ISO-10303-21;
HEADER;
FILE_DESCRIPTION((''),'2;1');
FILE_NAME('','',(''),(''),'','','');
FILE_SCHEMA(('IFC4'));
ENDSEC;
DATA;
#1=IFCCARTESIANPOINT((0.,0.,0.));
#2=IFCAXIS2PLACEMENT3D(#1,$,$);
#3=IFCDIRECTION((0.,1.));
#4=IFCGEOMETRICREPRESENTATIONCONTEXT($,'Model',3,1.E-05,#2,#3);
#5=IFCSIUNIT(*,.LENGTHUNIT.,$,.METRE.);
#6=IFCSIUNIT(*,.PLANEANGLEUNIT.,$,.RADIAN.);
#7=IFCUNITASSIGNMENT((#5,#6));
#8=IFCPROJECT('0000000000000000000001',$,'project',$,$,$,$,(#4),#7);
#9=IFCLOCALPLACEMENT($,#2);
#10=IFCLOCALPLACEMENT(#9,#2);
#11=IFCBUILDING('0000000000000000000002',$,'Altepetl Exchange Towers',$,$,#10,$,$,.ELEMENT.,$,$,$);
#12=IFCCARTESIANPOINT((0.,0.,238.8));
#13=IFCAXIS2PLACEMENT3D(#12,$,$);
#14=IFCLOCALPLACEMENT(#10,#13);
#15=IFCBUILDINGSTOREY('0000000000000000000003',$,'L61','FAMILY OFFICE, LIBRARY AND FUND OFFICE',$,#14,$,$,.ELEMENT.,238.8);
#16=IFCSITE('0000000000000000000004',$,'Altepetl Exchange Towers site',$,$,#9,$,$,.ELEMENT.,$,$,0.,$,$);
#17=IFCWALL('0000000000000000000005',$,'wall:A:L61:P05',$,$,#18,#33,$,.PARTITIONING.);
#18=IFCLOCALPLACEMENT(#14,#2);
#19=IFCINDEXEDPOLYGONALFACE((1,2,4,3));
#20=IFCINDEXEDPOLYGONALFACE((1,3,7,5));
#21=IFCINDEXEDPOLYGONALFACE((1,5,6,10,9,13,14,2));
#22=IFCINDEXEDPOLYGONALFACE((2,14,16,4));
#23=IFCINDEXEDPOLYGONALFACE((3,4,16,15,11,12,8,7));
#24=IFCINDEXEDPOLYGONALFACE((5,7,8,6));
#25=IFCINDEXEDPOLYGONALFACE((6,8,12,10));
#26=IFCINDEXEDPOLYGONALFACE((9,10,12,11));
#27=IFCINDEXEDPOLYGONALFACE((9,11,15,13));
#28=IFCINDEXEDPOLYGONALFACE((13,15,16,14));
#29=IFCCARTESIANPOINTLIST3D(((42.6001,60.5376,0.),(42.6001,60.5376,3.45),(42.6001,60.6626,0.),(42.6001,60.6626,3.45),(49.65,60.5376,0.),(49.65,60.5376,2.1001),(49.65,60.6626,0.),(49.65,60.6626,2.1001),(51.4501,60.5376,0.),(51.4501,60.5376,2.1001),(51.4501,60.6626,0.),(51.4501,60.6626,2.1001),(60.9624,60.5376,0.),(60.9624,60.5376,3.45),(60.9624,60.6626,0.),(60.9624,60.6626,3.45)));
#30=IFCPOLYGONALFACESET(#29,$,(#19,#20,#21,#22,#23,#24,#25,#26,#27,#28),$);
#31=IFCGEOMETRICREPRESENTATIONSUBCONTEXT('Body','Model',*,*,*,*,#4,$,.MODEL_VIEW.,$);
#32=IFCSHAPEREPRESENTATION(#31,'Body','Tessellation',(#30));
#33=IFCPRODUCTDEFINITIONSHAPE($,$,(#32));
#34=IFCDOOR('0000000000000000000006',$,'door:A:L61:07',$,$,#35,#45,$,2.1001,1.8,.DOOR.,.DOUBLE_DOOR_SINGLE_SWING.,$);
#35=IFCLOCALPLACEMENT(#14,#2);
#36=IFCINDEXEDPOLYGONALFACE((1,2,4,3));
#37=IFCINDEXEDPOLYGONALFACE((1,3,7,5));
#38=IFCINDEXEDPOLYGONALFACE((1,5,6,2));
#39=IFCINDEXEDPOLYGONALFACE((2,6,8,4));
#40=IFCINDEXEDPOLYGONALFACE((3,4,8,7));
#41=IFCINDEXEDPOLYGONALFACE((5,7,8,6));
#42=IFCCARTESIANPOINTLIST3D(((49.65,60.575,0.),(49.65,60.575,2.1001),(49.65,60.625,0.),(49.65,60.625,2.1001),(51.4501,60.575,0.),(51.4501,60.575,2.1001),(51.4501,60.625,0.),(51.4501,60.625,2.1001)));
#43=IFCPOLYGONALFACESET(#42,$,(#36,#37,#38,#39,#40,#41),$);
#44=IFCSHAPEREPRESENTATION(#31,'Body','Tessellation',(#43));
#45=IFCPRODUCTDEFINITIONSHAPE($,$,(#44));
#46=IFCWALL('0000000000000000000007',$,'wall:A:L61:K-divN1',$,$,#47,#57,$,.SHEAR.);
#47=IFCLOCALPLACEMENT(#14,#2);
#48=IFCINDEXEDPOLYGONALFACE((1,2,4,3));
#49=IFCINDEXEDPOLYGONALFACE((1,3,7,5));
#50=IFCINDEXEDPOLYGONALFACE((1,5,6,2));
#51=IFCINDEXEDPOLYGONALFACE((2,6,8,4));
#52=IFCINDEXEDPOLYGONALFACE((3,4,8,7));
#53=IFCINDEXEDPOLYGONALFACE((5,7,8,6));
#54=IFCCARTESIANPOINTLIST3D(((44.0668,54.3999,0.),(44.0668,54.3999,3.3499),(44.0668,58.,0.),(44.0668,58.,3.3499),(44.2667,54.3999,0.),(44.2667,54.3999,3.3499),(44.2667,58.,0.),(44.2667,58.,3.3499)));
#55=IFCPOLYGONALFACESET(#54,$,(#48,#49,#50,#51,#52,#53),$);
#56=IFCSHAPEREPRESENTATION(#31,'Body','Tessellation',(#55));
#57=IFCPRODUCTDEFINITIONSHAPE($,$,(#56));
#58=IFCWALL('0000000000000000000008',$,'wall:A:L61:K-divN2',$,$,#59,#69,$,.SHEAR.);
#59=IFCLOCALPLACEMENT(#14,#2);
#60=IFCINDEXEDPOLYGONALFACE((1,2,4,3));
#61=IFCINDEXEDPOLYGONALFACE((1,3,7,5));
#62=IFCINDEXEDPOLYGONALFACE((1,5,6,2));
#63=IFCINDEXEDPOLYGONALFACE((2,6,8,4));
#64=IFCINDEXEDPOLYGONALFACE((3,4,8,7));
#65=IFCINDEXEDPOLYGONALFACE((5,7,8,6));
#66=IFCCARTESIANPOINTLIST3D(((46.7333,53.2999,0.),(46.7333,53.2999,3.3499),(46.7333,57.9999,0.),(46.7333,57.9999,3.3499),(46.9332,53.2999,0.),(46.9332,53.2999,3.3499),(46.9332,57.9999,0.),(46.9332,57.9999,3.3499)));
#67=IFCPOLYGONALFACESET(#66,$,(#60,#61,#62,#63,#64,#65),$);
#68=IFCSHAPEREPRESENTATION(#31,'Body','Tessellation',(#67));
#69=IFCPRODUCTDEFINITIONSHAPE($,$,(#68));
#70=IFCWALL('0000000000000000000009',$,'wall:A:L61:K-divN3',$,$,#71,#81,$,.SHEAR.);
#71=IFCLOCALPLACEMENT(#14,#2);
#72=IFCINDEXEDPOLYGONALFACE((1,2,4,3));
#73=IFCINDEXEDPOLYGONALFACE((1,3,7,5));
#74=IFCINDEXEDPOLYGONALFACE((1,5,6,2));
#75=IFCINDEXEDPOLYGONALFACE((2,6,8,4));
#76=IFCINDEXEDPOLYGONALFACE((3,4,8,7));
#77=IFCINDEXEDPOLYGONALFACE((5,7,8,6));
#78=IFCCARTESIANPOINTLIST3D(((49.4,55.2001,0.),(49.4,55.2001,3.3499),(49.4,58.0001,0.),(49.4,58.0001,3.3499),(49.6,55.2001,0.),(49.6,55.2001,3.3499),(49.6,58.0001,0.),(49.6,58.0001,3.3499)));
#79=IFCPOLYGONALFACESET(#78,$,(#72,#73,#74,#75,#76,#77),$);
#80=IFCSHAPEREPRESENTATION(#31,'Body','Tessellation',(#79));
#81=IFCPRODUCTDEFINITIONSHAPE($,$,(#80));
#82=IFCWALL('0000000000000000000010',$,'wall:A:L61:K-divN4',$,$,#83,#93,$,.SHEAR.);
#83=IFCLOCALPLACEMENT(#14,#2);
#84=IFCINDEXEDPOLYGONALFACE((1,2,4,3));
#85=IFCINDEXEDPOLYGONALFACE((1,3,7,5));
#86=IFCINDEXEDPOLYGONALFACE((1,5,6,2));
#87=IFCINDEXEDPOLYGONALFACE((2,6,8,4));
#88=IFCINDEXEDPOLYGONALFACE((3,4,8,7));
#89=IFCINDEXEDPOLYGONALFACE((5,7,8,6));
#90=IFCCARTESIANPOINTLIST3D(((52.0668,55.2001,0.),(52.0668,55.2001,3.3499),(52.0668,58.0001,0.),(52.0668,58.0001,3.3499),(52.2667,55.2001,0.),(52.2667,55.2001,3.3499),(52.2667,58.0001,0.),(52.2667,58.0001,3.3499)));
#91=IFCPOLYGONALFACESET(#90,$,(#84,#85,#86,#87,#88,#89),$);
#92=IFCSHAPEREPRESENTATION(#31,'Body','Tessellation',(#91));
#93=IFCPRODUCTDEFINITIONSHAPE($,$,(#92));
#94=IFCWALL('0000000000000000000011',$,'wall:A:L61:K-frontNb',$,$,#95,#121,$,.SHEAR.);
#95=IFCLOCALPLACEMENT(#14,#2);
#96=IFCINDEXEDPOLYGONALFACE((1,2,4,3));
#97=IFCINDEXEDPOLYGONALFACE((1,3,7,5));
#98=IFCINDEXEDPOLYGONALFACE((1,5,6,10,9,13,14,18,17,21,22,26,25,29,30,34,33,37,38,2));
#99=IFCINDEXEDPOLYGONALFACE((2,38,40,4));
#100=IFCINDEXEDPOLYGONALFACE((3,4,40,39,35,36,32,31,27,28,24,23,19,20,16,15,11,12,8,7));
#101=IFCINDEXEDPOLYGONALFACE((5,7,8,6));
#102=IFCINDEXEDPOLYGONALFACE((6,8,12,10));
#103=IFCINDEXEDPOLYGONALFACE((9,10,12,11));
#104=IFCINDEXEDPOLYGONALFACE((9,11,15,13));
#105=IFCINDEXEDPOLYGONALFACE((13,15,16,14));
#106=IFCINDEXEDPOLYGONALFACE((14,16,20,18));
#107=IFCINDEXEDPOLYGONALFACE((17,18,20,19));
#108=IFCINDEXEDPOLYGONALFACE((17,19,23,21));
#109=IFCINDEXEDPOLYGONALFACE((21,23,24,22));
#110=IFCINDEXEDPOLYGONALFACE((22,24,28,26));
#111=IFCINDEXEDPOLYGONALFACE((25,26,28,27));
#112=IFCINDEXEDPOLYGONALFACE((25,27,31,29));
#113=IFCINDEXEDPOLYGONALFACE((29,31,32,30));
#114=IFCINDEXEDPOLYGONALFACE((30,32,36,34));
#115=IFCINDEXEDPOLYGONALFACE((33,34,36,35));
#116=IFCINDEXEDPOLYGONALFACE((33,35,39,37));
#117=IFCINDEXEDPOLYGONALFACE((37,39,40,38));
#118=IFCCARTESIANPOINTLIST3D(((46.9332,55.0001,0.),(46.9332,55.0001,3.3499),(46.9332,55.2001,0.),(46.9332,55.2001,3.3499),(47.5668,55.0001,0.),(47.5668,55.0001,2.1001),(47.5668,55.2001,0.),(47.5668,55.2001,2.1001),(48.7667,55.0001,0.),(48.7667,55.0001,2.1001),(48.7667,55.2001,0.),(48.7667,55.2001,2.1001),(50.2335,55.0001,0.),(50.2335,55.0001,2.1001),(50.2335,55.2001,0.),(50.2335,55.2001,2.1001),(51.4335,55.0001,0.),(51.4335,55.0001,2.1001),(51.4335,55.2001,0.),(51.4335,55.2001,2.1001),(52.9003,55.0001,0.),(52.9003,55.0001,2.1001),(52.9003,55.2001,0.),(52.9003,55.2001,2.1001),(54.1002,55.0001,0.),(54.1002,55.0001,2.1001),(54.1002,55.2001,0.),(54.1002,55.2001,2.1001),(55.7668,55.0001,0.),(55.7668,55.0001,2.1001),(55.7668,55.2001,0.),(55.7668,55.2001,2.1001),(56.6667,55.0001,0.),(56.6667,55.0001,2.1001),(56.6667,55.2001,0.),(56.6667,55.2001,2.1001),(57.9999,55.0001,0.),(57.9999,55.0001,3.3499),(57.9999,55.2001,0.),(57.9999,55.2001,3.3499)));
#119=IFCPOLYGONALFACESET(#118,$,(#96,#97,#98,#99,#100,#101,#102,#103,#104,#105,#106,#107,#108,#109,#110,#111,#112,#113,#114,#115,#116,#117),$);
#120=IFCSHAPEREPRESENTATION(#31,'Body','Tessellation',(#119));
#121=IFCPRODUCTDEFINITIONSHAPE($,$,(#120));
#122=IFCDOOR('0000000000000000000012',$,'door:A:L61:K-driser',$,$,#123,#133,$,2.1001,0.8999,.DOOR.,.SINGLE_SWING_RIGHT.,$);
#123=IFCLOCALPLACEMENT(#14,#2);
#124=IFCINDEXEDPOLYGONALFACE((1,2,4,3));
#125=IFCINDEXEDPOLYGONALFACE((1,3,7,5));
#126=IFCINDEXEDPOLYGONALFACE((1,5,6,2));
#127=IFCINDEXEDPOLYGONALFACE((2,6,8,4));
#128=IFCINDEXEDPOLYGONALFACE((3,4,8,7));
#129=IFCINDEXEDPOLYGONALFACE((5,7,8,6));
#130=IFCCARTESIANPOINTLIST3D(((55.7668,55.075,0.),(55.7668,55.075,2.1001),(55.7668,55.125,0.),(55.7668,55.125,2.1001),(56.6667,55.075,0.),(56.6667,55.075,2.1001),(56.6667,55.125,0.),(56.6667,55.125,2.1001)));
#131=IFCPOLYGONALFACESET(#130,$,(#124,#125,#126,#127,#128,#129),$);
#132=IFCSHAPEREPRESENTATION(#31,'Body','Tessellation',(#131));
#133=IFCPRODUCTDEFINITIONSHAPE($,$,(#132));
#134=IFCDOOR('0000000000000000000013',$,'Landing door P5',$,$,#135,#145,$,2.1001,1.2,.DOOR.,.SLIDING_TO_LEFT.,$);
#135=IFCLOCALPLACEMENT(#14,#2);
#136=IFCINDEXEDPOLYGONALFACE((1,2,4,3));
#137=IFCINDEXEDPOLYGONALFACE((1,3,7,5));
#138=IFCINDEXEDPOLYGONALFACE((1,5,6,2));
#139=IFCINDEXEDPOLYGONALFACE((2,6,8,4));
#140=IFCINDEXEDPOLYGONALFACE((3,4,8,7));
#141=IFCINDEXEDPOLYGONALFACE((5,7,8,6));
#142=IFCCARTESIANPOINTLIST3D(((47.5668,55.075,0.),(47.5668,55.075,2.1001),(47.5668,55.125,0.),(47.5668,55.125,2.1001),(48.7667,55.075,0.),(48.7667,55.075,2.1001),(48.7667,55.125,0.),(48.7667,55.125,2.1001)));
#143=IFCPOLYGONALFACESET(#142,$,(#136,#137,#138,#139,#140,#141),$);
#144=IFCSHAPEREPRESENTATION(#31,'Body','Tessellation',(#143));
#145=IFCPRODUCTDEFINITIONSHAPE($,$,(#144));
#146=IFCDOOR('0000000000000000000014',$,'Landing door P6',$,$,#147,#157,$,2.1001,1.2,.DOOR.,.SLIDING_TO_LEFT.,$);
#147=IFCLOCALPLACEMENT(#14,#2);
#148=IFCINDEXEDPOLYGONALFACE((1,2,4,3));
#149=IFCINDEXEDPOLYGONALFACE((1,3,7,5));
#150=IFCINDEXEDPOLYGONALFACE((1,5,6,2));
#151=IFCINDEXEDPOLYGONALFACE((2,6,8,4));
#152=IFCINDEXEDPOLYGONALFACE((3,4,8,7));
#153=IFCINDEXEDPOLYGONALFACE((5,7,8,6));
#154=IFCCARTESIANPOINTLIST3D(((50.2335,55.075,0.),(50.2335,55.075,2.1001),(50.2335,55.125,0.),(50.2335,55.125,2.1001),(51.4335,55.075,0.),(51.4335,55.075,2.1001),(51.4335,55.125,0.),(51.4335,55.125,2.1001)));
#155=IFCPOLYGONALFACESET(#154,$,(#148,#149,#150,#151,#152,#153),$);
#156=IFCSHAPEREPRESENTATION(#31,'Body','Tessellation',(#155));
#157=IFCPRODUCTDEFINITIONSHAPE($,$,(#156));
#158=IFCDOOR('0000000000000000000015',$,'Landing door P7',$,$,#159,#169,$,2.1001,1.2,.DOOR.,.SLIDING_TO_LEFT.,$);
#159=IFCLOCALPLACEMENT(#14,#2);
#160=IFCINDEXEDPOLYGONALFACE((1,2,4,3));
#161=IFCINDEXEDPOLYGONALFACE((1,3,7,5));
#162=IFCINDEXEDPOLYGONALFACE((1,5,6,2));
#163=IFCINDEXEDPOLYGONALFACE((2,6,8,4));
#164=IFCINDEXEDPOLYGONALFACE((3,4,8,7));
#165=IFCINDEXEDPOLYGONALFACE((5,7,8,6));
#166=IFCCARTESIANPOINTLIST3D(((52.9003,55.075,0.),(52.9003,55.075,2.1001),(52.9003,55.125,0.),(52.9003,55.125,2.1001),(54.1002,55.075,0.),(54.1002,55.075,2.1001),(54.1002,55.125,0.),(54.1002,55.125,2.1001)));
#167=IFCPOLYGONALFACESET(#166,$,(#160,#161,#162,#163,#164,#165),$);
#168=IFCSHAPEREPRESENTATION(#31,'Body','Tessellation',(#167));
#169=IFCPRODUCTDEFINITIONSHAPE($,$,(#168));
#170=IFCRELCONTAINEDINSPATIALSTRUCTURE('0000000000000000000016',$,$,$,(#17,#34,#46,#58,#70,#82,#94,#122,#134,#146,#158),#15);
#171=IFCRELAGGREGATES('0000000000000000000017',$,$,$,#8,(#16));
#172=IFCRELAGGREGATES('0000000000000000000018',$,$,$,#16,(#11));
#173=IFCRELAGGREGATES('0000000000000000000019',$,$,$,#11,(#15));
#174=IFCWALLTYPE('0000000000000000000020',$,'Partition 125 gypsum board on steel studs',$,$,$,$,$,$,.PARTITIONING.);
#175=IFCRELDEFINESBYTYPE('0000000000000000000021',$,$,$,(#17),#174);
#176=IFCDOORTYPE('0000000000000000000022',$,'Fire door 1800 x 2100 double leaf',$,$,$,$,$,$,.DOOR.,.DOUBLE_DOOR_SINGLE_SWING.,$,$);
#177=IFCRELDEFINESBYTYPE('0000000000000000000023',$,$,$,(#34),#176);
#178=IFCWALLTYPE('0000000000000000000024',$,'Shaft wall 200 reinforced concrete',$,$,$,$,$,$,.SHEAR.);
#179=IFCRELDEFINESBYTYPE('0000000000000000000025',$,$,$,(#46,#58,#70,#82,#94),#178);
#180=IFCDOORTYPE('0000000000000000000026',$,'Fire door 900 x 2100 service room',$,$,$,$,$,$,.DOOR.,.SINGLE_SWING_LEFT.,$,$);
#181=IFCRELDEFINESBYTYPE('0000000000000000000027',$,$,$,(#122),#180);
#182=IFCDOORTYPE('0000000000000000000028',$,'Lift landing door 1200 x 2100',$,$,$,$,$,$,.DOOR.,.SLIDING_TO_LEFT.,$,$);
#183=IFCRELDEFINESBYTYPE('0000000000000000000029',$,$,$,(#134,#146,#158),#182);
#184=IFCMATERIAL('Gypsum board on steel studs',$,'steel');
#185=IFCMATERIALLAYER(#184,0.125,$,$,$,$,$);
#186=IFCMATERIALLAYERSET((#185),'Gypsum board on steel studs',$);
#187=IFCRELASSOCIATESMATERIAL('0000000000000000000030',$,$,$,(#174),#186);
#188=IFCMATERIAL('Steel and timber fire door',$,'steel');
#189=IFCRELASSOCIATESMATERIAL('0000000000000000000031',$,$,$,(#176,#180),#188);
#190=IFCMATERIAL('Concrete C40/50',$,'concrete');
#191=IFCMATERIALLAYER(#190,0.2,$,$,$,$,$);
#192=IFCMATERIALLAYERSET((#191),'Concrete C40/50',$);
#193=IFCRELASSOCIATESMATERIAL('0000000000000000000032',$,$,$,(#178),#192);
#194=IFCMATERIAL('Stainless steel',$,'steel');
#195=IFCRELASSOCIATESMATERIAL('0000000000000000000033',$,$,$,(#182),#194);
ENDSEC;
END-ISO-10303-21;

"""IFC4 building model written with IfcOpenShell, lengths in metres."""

from ifc_helpers import new_model, si_unit, direction, frame, frame_2d, origin, place, context, subcontext, project, spatial, rectangle, extrude, material, layer, layer_set, type_object, element, fill, save


model = new_model("IFC4")

# Units and contexts
model_context = context("Model", 3, precision=1e-05, world=origin(), true_north=direction((0.0, 1.0)))
body_context = subcontext(model_context, "Body", "Model", "MODEL_VIEW")
ifc_project = project(units=[si_unit("LENGTHUNIT", "METRE"), si_unit("PLANEANGLEUNIT", "RADIAN")], contexts=[model_context])

# Site, building, storey
site_placement = place(None, origin())
site = spatial("IfcSite", under=ifc_project, at=site_placement, Name="Altepetl Exchange Towers site", CompositionType="ELEMENT", RefElevation=0.0)
building_placement = place(site_placement, origin())
building = spatial("IfcBuilding", under=site, at=building_placement, Name="Altepetl Exchange Towers", CompositionType="ELEMENT")
storey_placement = place(building_placement, frame((0.0, 0.0, 238.8)))
storey = spatial("IfcBuildingStorey", under=building, at=storey_placement, Name="L61", Description="FAMILY OFFICE, LIBRARY AND FUND OFFICE", CompositionType="ELEMENT", Elevation=238.8)

# Wall, opening, door
ifc_material_1 = material(Name="Steel and timber fire door", Category="steel")
ifc_material_2 = material(Name="Gypsum board on steel studs", Category="steel")
ifc_layer_1 = layer(ifc_material_2, 0.125)
ifc_layer_set_1 = layer_set([ifc_layer_1], Name="Gypsum board on steel studs")
wall_type_1 = type_object("IfcWallType", Name="Partition 125 gypsum board on steel studs", PredefinedType="PARTITIONING", material=ifc_layer_set_1)
wall_1_placement = place(storey_placement, frame((42.6001, 60.6001, 0.0)))
wall_1 = element("IfcWall", 1, at=wall_1_placement, inside=storey, type_object=wall_type_1, Name="wall:A:L61:P05", PredefinedType="PARTITIONING", context=body_context, shape_type="SweptSolid", body=[
    extrude(rectangle(XDim=18.3623, YDim=0.125, at=frame_2d((9.1812, 0.0))), origin(), (0.0, 0.0, 1.0), 3.45),
])
opening_1_placement = place(wall_1_placement, frame((7.05, 0.0, 0.0)))
opening_1 = element("IfcOpeningElement", 2, at=opening_1_placement, cuts=wall_1, PredefinedType="OPENING", context=body_context, shape_type="SweptSolid", body=[
    extrude(rectangle(XDim=1.8, YDim=2.1001, at=frame_2d((0.8999, 1.05))), frame((0.0, 0.0725, 0.0), z_axis=(0.0, -1.0, 0.0), x_axis=(1.0, 0.0, 0.0)), (0.0, 0.0, 1.0), 0.145),
])
door_type_1 = type_object("IfcDoorType", Name="Fire door 1800 x 2100 double leaf", OperationType="DOUBLE_DOOR_SINGLE_SWING", PredefinedType="DOOR", material=ifc_material_1)
door_1_placement = place(opening_1_placement, origin())
door_1 = element("IfcDoor", 3, at=door_1_placement, inside=storey, type_object=door_type_1, Name="door:A:L61:07", OperationType="DOUBLE_DOOR_SINGLE_SWING", OverallHeight=2.1001, OverallWidth=1.8, PredefinedType="DOOR", context=body_context, shape_type="SweptSolid", body=[
    extrude(rectangle(XDim=1.8, YDim=2.1001, at=frame_2d((0.8999, 1.05))), frame((0.0, 0.0249, 0.0), z_axis=(0.0, -1.0, 0.0), x_axis=(1.0, 0.0, 0.0)), (0.0, 0.0, 1.0), 0.05),
])
fill(opening_1, door_1)

# Walls
ifc_material_3 = material(Name="Concrete C40/50", Category="concrete")
ifc_layer_2 = layer(ifc_material_3, 0.2)
ifc_layer_set_2 = layer_set([ifc_layer_2], Name="Concrete C40/50")
wall_type_2 = type_object("IfcWallType", Name="Shaft wall 200 reinforced concrete", PredefinedType="SHEAR", material=ifc_layer_set_2)
wall_2_placement = place(storey_placement, frame((44.1667, 58.0, 0.0), z_axis=(0.0, 0.0, 1.0), x_axis=(0.0, -1.0, 0.0)))
element("IfcWall", 4, at=wall_2_placement, inside=storey, type_object=wall_type_2, Name="wall:A:L61:K-divN1", PredefinedType="SHEAR", context=body_context, shape_type="SweptSolid", body=[
    extrude(rectangle(XDim=3.6001, YDim=0.2, at=frame_2d((1.8, 0.0))), origin(), (0.0, 0.0, 1.0), 3.3499),
])
wall_3_placement = place(storey_placement, frame((46.8333, 58.0, 0.0), z_axis=(0.0, 0.0, 1.0), x_axis=(0.0, -1.0, 0.0)))
element("IfcWall", 5, at=wall_3_placement, inside=storey, type_object=wall_type_2, Name="wall:A:L61:K-divN2", PredefinedType="SHEAR", context=body_context, shape_type="SweptSolid", body=[
    extrude(rectangle(XDim=4.7, YDim=0.2, at=frame_2d((2.3501, 0.0))), origin(), (0.0, 0.0, 1.0), 3.3499),
])
for number, where, z_axis, x_axis, name in (
    (6, (49.5, 58.0, 0.0), (0.0, 0.0, 1.0), (0.0, -1.0, 0.0), "wall:A:L61:K-divN3"),
    (7, (52.1667, 58.0, 0.0), (0.0, 0.0, 1.0), (0.0, -1.0, 0.0), "wall:A:L61:K-divN4"),
):
    element("IfcWall", number, at=place(storey_placement, frame(where, z_axis=z_axis, x_axis=x_axis)), inside=storey, type_object=wall_type_2, Name=name, PredefinedType="SHEAR", context=body_context, shape_type="SweptSolid", body=[
        extrude(rectangle(XDim=2.8, YDim=0.2, at=frame_2d((1.3999, 0.0))), origin(), (0.0, 0.0, 1.0), 3.3499),
    ])

# Wall, openings, doors
wall_4_placement = place(storey_placement, frame((46.9333, 55.1001, 0.0)))
wall_4 = element("IfcWall", 8, at=wall_4_placement, inside=storey, type_object=wall_type_2, Name="wall:A:L61:K-frontNb", PredefinedType="SHEAR", context=body_context, shape_type="SweptSolid", body=[
    extrude(rectangle(XDim=11.0667, YDim=0.2, at=frame_2d((5.5332, 0.0))), origin(), (0.0, 0.0, 1.0), 3.3499),
])
opening_2_placement = place(wall_4_placement, frame((8.8335, 0.0, 0.0)))
opening_2 = element("IfcOpeningElement", 9, at=opening_2_placement, cuts=wall_4, PredefinedType="OPENING", context=body_context, shape_type="SweptSolid", body=[
    extrude(rectangle(XDim=0.8999, YDim=2.1001, at=frame_2d((0.45, 1.05))), frame((0.0, 0.1099, 0.0), z_axis=(0.0, -1.0, 0.0), x_axis=(1.0, 0.0, 0.0)), (0.0, 0.0, 1.0), 0.22),
])
opening_3_placement = place(wall_4_placement, frame((0.6333, 0.0, 0.0)))
opening_3 = element("IfcOpeningElement", 10, at=opening_3_placement, cuts=wall_4, PredefinedType="OPENING", context=body_context, shape_type="SweptSolid", body=[
    extrude(rectangle(XDim=1.2, YDim=2.1001, at=frame_2d((0.6001, 1.05))), frame((0.0, 0.1099, 0.0), z_axis=(0.0, -1.0, 0.0), x_axis=(1.0, 0.0, 0.0)), (0.0, 0.0, 1.0), 0.22),
])
opening_4_placement = place(wall_4_placement, frame((3.3, 0.0, 0.0)))
opening_4 = element("IfcOpeningElement", 11, at=opening_4_placement, cuts=wall_4, PredefinedType="OPENING", context=body_context, shape_type="SweptSolid", body=[
    extrude(rectangle(XDim=1.2, YDim=2.1001, at=frame_2d((0.6001, 1.05))), frame((0.0, 0.1099, 0.0), z_axis=(0.0, -1.0, 0.0), x_axis=(1.0, 0.0, 0.0)), (0.0, 0.0, 1.0), 0.22),
])
opening_5_placement = place(wall_4_placement, frame((5.9668, 0.0, 0.0)))
opening_5 = element("IfcOpeningElement", 12, at=opening_5_placement, cuts=wall_4, PredefinedType="OPENING", context=body_context, shape_type="SweptSolid", body=[
    extrude(rectangle(XDim=1.2, YDim=2.1001, at=frame_2d((0.6001, 1.05))), frame((0.0, 0.1099, 0.0), z_axis=(0.0, -1.0, 0.0), x_axis=(1.0, 0.0, 0.0)), (0.0, 0.0, 1.0), 0.22),
])
door_type_2 = type_object("IfcDoorType", Name="Fire door 900 x 2100 service room", OperationType="SINGLE_SWING_LEFT", PredefinedType="DOOR", material=ifc_material_1)
door_2_placement = place(opening_2_placement, origin())
door_2 = element("IfcDoor", 13, at=door_2_placement, inside=storey, type_object=door_type_2, Name="door:A:L61:K-driser", OperationType="SINGLE_SWING_RIGHT", OverallHeight=2.1001, OverallWidth=0.8999, PredefinedType="DOOR", context=body_context, shape_type="SweptSolid", body=[
    extrude(rectangle(XDim=0.8999, YDim=2.1001, at=frame_2d((0.45, 1.05))), frame((0.0, 0.0249, 0.0), z_axis=(0.0, -1.0, 0.0), x_axis=(1.0, 0.0, 0.0)), (0.0, 0.0, 1.0), 0.05),
])
fill(opening_2, door_2)
ifc_material_4 = material(Name="Stainless steel", Category="steel")
door_type_3 = type_object("IfcDoorType", Name="Lift landing door 1200 x 2100", OperationType="SLIDING_TO_LEFT", PredefinedType="DOOR", material=ifc_material_4)
door_3_placement = place(opening_3_placement, origin())
door_3 = element("IfcDoor", 14, at=door_3_placement, inside=storey, type_object=door_type_3, Name="Landing door P5", OperationType="SLIDING_TO_LEFT", OverallHeight=2.1001, OverallWidth=1.2, PredefinedType="DOOR", context=body_context, shape_type="SweptSolid", body=[
    extrude(rectangle(XDim=1.2, YDim=2.1001, at=frame_2d((0.6001, 1.05))), frame((0.0, 0.0249, 0.0), z_axis=(0.0, -1.0, 0.0), x_axis=(1.0, 0.0, 0.0)), (0.0, 0.0, 1.0), 0.05),
])
fill(opening_3, door_3)
door_4_placement = place(opening_4_placement, origin())
door_4 = element("IfcDoor", 15, at=door_4_placement, inside=storey, type_object=door_type_3, Name="Landing door P6", OperationType="SLIDING_TO_LEFT", OverallHeight=2.1001, OverallWidth=1.2, PredefinedType="DOOR", context=body_context, shape_type="SweptSolid", body=[
    extrude(rectangle(XDim=1.2, YDim=2.1001, at=frame_2d((0.6001, 1.05))), frame((0.0, 0.0249, 0.0), z_axis=(0.0, -1.0, 0.0), x_axis=(1.0, 0.0, 0.0)), (0.0, 0.0, 1.0), 0.05),
])
fill(opening_4, door_4)
door_5_placement = place(opening_5_placement, origin())
door_5 = element("IfcDoor", 16, at=door_5_placement, inside=storey, type_object=door_type_3, Name="Landing door P7", OperationType="SLIDING_TO_LEFT", OverallHeight=2.1001, OverallWidth=1.2, PredefinedType="DOOR", context=body_context, shape_type="SweptSolid", body=[
    extrude(rectangle(XDim=1.2, YDim=2.1001, at=frame_2d((0.6001, 1.05))), frame((0.0, 0.0249, 0.0), z_axis=(0.0, -1.0, 0.0), x_axis=(1.0, 0.0, 0.0)), (0.0, 0.0, 1.0), 0.05),
])
fill(opening_5, door_5)

save(model, "model.ifc")
